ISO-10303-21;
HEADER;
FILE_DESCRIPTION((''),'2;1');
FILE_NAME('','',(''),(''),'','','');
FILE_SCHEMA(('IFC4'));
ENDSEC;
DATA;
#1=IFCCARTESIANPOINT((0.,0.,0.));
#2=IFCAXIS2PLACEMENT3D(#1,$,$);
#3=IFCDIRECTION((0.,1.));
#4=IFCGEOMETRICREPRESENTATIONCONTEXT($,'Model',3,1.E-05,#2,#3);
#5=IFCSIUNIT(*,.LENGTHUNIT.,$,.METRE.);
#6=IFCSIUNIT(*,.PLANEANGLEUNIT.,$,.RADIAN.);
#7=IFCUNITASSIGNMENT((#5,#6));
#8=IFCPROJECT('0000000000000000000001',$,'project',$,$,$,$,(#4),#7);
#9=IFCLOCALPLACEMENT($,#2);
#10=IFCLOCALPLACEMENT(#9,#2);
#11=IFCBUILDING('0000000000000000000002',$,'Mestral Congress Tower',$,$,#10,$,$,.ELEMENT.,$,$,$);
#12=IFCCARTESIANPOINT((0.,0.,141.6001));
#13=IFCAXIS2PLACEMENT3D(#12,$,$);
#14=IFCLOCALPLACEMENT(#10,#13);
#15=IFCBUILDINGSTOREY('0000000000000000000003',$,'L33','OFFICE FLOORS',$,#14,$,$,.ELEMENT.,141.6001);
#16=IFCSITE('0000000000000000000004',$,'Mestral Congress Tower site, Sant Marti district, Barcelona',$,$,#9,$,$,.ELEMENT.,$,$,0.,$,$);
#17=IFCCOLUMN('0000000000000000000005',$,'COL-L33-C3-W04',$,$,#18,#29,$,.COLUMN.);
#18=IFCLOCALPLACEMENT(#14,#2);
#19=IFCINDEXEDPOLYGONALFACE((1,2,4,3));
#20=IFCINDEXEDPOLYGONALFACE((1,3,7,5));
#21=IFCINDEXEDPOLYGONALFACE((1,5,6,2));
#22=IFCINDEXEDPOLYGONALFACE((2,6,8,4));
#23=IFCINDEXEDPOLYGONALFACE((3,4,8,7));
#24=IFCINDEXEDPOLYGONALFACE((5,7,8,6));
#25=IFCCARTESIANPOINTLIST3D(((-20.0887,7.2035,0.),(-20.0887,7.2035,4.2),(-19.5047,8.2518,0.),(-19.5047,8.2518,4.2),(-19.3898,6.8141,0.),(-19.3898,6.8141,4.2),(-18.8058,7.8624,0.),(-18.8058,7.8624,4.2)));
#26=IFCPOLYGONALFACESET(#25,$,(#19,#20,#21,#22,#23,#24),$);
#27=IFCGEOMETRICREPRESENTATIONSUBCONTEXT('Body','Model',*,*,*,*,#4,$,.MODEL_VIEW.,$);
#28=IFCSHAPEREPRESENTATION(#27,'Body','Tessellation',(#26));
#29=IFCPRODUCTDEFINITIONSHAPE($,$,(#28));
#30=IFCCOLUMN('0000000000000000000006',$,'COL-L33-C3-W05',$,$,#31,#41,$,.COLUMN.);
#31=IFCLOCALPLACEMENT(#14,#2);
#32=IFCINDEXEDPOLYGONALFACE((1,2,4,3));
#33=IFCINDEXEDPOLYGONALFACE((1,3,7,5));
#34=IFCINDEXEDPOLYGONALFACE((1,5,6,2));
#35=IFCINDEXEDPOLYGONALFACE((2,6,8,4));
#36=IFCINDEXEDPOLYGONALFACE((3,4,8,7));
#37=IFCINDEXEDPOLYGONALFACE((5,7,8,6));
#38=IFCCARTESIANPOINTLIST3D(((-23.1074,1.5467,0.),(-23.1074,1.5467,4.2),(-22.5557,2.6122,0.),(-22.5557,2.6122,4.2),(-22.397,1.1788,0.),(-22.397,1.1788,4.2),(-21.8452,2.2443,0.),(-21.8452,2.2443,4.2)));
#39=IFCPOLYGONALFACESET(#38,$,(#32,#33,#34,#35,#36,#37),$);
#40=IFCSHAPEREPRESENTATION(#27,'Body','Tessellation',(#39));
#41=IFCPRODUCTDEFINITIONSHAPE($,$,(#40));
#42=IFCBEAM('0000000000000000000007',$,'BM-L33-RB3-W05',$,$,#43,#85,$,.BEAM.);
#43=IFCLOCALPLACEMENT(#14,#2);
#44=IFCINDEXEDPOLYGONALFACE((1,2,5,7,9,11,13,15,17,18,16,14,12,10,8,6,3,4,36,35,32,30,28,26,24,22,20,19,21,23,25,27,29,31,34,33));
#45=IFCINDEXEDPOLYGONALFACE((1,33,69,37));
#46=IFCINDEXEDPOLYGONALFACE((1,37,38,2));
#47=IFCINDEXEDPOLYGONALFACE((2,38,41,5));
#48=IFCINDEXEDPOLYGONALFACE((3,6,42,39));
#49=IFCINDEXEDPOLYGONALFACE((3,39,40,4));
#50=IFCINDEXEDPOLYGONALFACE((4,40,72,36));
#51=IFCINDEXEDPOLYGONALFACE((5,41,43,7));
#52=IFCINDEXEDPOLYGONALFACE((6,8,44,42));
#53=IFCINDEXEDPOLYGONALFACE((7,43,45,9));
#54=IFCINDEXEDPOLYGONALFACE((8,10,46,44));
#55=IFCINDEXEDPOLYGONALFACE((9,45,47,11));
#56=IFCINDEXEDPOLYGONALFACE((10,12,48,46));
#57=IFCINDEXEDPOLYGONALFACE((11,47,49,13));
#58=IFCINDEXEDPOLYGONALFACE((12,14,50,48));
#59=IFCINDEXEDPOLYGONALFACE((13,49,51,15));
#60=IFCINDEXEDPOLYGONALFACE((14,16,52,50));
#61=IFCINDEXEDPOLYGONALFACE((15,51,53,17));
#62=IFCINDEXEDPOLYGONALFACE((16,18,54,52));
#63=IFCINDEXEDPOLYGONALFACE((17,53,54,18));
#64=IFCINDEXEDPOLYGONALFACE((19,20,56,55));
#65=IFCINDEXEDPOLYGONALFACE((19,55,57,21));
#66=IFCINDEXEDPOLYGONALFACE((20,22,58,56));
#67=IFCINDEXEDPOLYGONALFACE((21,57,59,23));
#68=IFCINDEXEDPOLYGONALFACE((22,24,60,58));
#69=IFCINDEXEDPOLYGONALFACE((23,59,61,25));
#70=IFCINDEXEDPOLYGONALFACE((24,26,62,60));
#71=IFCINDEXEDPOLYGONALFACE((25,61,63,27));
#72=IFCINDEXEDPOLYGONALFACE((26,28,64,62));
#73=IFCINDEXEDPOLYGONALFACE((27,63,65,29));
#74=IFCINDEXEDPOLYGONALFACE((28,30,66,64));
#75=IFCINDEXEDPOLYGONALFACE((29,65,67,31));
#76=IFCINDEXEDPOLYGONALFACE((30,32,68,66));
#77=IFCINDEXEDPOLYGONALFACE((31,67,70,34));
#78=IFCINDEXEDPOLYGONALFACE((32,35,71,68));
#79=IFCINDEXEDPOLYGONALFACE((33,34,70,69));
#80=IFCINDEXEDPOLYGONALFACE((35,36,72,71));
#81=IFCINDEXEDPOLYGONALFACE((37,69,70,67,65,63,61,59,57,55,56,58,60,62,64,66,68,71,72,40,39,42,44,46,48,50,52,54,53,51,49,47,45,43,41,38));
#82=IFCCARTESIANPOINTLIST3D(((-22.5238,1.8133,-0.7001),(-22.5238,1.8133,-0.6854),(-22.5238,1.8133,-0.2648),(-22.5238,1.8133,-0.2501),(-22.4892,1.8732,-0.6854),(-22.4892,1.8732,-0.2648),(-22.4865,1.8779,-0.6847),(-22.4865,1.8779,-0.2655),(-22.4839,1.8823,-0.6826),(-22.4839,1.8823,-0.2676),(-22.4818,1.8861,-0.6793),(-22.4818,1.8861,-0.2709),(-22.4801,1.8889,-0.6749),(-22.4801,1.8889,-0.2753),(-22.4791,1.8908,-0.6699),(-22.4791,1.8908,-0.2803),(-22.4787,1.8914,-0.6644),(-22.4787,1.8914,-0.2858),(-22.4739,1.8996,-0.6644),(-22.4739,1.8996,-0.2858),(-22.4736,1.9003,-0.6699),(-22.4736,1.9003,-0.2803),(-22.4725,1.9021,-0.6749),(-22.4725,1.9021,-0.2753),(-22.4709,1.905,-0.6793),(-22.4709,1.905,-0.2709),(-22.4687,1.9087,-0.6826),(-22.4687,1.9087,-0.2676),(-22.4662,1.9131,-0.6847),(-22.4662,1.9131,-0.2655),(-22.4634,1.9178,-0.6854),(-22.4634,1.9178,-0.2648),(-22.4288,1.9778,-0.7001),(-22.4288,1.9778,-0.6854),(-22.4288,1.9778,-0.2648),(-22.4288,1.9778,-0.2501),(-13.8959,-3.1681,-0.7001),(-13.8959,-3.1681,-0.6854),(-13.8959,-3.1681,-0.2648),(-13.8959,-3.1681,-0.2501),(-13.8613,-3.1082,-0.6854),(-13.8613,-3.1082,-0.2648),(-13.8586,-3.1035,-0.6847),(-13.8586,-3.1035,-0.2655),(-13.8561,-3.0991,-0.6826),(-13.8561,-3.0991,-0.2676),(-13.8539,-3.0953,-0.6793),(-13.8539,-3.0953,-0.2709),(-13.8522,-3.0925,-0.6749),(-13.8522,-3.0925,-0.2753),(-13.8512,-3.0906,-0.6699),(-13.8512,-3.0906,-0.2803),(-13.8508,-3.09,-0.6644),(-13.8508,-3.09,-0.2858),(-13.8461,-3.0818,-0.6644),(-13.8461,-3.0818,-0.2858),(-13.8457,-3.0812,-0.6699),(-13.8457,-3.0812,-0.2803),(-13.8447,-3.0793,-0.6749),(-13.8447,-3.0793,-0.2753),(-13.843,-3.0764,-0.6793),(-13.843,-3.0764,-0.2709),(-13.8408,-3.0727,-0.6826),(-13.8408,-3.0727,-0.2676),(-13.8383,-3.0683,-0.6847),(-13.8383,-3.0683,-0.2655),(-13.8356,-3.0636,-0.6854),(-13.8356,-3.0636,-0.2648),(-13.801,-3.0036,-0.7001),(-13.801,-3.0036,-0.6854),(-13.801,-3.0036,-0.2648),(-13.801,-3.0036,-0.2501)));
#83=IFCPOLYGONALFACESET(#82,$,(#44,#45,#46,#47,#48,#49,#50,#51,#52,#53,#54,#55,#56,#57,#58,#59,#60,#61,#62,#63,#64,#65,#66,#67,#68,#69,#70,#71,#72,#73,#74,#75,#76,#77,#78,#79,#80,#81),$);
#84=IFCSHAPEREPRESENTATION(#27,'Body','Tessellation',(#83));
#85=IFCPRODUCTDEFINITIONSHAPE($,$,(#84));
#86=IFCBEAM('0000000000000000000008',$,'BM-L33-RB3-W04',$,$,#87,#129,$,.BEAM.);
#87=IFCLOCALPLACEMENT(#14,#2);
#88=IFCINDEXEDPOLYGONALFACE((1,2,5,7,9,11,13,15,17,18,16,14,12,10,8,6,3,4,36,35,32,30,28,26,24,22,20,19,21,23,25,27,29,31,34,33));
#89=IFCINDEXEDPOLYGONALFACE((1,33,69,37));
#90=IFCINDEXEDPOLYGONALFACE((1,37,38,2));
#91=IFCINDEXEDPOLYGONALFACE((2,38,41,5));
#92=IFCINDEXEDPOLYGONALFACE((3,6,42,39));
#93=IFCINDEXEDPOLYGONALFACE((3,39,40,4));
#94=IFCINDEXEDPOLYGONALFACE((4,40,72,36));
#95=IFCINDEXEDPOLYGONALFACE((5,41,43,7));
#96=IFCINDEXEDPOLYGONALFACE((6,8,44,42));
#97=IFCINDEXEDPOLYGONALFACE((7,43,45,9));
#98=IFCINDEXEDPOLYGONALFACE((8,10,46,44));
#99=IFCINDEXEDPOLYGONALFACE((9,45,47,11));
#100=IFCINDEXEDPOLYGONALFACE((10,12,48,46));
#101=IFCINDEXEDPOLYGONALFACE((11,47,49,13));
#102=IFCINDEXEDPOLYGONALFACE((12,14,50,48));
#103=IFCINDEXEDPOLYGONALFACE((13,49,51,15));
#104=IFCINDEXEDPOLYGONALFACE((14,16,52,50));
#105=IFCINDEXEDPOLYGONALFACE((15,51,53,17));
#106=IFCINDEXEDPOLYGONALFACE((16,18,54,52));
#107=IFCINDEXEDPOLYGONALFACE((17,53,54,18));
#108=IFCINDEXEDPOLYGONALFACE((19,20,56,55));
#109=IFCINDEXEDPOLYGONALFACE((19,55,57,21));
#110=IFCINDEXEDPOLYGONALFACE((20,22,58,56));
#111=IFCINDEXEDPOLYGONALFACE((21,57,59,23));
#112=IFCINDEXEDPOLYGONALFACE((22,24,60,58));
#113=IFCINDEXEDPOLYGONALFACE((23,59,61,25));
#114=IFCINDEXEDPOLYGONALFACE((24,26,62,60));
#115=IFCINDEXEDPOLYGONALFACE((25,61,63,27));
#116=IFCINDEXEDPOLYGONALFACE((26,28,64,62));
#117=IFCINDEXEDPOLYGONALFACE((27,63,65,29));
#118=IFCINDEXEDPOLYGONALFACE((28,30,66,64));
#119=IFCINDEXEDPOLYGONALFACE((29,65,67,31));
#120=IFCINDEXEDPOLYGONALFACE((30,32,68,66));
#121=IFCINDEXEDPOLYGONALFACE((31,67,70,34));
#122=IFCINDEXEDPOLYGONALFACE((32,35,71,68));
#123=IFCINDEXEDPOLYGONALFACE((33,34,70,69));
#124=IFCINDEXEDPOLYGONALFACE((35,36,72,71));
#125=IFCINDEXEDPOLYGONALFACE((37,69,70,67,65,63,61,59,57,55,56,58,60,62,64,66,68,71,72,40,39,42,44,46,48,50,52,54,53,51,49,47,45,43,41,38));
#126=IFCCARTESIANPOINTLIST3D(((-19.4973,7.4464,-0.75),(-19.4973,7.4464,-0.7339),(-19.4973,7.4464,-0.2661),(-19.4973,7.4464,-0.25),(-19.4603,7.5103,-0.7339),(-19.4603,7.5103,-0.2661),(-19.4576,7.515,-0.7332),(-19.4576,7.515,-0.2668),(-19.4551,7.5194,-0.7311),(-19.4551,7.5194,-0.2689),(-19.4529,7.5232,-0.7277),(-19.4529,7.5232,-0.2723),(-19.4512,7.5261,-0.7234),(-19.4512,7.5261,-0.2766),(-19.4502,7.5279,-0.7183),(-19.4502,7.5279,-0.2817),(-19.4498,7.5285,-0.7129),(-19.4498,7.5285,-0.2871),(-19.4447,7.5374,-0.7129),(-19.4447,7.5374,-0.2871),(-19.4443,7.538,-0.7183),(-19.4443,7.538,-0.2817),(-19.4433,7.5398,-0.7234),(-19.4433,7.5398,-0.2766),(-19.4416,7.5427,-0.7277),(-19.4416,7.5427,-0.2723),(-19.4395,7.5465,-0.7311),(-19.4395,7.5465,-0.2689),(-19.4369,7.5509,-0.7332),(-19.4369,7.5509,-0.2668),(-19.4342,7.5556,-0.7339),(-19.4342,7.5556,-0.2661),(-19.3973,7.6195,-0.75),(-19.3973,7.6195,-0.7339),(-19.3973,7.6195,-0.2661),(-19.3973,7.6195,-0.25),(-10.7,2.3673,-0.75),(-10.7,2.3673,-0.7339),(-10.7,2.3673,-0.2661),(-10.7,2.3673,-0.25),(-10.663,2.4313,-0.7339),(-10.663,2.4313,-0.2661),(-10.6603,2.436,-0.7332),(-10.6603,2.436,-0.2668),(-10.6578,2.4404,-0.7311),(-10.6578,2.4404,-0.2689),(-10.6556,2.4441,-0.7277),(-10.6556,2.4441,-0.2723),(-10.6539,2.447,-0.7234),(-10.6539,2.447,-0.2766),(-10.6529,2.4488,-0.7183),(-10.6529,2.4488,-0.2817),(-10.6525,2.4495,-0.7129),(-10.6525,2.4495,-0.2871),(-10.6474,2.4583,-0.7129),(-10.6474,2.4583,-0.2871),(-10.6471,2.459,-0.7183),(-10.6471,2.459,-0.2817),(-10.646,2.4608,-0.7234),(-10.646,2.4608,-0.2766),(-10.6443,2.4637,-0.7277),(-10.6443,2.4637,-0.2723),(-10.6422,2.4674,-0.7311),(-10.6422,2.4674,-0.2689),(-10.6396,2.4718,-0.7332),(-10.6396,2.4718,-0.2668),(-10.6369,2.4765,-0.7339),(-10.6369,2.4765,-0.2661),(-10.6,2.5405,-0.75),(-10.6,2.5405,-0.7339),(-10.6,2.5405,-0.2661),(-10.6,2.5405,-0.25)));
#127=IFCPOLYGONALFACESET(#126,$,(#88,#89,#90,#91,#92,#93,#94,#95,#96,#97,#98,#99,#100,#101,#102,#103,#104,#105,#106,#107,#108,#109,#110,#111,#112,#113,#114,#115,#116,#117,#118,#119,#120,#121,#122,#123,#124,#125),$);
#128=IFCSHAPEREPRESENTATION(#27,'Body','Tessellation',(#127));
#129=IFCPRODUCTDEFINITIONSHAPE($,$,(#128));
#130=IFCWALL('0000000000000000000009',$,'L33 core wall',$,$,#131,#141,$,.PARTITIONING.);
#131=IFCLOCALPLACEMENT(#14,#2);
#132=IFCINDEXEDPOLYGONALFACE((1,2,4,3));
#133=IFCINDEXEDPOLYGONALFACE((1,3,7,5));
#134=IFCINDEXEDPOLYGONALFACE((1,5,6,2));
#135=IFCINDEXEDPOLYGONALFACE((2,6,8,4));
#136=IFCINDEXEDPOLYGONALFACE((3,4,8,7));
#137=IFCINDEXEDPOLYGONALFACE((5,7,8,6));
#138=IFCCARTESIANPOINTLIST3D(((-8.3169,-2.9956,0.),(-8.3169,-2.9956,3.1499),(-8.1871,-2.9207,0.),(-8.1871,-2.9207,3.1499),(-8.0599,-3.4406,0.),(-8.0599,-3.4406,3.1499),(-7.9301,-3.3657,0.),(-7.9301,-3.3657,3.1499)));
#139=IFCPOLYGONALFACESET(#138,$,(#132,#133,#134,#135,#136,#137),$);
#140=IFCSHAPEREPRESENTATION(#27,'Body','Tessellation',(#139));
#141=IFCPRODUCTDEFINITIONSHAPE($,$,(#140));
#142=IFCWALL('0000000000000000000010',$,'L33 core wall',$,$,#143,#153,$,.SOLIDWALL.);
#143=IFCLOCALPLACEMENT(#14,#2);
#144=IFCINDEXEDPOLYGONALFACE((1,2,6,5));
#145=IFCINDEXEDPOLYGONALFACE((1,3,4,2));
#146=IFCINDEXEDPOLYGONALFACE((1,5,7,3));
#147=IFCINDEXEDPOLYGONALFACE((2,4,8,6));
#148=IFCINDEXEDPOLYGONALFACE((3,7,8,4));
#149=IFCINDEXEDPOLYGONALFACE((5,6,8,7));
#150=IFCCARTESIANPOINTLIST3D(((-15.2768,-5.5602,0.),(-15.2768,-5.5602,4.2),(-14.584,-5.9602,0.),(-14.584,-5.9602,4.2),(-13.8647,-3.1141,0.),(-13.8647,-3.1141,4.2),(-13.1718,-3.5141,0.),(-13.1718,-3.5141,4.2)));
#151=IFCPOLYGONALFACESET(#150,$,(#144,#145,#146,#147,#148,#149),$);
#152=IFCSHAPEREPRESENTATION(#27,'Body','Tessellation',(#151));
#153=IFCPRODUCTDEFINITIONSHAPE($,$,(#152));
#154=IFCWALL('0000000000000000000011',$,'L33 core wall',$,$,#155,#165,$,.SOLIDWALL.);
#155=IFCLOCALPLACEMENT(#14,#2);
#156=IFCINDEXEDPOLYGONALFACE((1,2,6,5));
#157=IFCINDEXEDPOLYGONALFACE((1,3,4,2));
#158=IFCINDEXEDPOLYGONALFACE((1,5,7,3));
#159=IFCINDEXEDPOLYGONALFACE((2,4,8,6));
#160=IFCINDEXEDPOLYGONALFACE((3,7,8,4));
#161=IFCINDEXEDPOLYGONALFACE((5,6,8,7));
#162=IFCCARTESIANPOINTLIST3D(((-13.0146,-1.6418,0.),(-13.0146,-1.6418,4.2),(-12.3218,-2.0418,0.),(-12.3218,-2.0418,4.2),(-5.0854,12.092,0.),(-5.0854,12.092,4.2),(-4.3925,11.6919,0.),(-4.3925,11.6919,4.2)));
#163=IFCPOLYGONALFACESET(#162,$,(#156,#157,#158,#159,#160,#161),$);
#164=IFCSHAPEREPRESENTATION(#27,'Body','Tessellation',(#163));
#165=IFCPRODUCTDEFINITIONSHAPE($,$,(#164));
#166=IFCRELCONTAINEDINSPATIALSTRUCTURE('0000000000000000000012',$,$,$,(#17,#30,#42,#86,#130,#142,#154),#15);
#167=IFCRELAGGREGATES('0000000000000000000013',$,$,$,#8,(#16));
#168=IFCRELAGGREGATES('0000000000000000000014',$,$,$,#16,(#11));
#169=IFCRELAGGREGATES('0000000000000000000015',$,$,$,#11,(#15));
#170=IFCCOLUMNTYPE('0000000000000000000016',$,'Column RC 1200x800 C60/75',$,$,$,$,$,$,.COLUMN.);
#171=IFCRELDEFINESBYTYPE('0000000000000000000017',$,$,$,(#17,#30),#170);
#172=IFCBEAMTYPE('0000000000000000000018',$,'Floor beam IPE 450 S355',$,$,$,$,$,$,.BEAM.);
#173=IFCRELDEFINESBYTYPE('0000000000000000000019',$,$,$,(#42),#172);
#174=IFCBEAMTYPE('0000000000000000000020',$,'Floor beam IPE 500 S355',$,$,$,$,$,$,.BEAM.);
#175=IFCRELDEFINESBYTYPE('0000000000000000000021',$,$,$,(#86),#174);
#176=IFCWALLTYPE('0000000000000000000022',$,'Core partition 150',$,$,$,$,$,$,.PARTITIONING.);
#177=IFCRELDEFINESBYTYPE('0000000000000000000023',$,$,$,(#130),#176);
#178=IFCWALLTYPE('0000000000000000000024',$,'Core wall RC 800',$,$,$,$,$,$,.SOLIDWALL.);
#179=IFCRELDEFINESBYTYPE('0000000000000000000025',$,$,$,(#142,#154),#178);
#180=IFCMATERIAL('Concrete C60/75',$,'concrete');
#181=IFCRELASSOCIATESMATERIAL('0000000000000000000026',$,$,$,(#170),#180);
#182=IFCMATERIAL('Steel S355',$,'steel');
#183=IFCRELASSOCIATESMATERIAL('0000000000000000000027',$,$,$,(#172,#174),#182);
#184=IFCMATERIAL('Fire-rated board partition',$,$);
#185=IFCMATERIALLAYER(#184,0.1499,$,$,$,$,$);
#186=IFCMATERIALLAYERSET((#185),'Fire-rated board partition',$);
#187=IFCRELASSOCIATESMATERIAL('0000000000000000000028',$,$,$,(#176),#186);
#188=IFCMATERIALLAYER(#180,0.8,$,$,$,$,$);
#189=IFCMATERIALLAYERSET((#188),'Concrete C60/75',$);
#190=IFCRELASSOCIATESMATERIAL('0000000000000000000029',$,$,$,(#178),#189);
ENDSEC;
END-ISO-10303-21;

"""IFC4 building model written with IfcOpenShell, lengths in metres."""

from ifc_helpers import new_model, si_unit, direction, frame, frame_2d, origin, origin_2d, place, context, subcontext, project, spatial, rectangle, i_section, extrude, material, layer, layer_set, material_profile, profile_set, type_object, element, save


model = new_model("IFC4")

# Units and contexts
model_context = context("Model", 3, precision=1e-05, world=origin(), true_north=direction((0.0, 1.0)))
body_context = subcontext(model_context, "Body", "Model", "MODEL_VIEW")
ifc_project = project(units=[si_unit("LENGTHUNIT", "METRE"), si_unit("PLANEANGLEUNIT", "RADIAN")], contexts=[model_context])

# Site, building, storey
site_placement = place(None, origin())
site = spatial("IfcSite", under=ifc_project, at=site_placement, Name="Mestral Congress Tower site, Sant Marti district, Barcelona", CompositionType="ELEMENT", RefElevation=0.0)
building_placement = place(site_placement, origin())
building = spatial("IfcBuilding", under=site, at=building_placement, Name="Mestral Congress Tower", CompositionType="ELEMENT")
storey_placement = place(building_placement, frame((0.0, 0.0, 141.6001)))
storey = spatial("IfcBuildingStorey", under=building, at=storey_placement, Name="L33", Description="OFFICE FLOORS", CompositionType="ELEMENT", Elevation=141.6001)

# Columns
ifc_material_1 = material(Name="Concrete C60/75", Category="concrete")
ifc_material_profile_1 = material_profile(ifc_material_1, rectangle(XDim=1.2, YDim=0.8, at=origin_2d()), Name="RC 1200x800")
ifc_profile_set_1 = profile_set([ifc_material_profile_1], Name="Concrete C60/75")
column_type = type_object("IfcColumnType", Name="Column RC 1200x800 C60/75", PredefinedType="COLUMN", material=ifc_profile_set_1)
for number, where, z_axis, x_axis, name in (
    (1, (-19.4473, 7.533, 0.0), (0.0, 0.0, 1.0), (-0.486724, -0.873556, 0.0), "COL-L33-C3-W04"),
    (2, (-22.4763, 1.8955, 0.0), (0.0, 0.0, 1.0), (-0.459837, -0.888003, 0.0), "COL-L33-C3-W05"),
):
    element("IfcColumn", number, at=place(storey_placement, frame(where, z_axis=z_axis, x_axis=x_axis)), inside=storey, type_object=column_type, Name=name, PredefinedType="COLUMN", context=body_context, shape_type="SweptSolid", body=[
        extrude(rectangle(XDim=1.2, YDim=0.8, at=origin_2d()), origin(), (0.0, 0.0, 1.0), 4.2),
    ])

# Beams
ifc_material_2 = material(Name="Steel S355", Category="steel")
ifc_material_profile_2 = material_profile(ifc_material_2, i_section(OverallWidth=0.1899, OverallDepth=0.45, WebThickness=0.0095, FlangeThickness=0.0146, FilletRadius=0.021, at=origin_2d()), Name="IPE 450")
ifc_profile_set_2 = profile_set([ifc_material_profile_2], Name="Steel S355")
beam_type_1 = type_object("IfcBeamType", Name="Floor beam IPE 450 S355", PredefinedType="BEAM", material=ifc_profile_set_2)
beam_1_placement = place(storey_placement, frame((-22.4763, 1.8955, -0.4751), z_axis=(0.866021, -0.500008, 0.0), x_axis=(0.500008, 0.866021, 0.0)))
element("IfcBeam", 3, at=beam_1_placement, inside=storey, type_object=beam_type_1, Name="BM-L33-RB3-W05", PredefinedType="BEAM", context=body_context, shape_type="SweptSolid", body=[
    extrude(i_section(OverallWidth=0.1899, OverallDepth=0.45, WebThickness=0.0095, FlangeThickness=0.0146, FilletRadius=0.021, at=origin_2d()), origin(), (0.0, 0.0, 1.0), 9.9626),
])
ifc_material_profile_3 = material_profile(ifc_material_2, i_section(OverallWidth=0.2, OverallDepth=0.5, WebThickness=0.0103, FlangeThickness=0.0161, FilletRadius=0.021, at=origin_2d()), Name="IPE 500")
ifc_profile_set_3 = profile_set([ifc_material_profile_3], Name="Steel S355")
beam_type_2 = type_object("IfcBeamType", Name="Floor beam IPE 500 S355", PredefinedType="BEAM", material=ifc_profile_set_3)
beam_2_placement = place(storey_placement, frame((-19.4473, 7.533, -0.5), z_axis=(0.866028, -0.499996, 0.0), x_axis=(0.499996, 0.866028, 0.0)))
element("IfcBeam", 4, at=beam_2_placement, inside=storey, type_object=beam_type_2, Name="BM-L33-RB3-W04", PredefinedType="BEAM", context=body_context, shape_type="SweptSolid", body=[
    extrude(i_section(OverallWidth=0.2, OverallDepth=0.5, WebThickness=0.0103, FlangeThickness=0.0161, FilletRadius=0.021, at=origin_2d()), origin(), (0.0, 0.0, 1.0), 10.1582),
])

# Walls
ifc_material_3 = material(Name="Fire-rated board partition")
ifc_layer_1 = layer(ifc_material_3, 0.1499)
ifc_layer_set_1 = layer_set([ifc_layer_1], Name="Fire-rated board partition")
wall_type_1 = type_object("IfcWallType", Name="Core partition 150", PredefinedType="PARTITIONING", material=ifc_layer_set_1)
wall_1_placement = place(storey_placement, frame((-8.252, -2.9583, 0.0), z_axis=(0.0, 0.0, 1.0), x_axis=(0.500175, -0.865925, 0.0)))
element("IfcWall", 5, at=wall_1_placement, inside=storey, type_object=wall_type_1, Name="L33 core wall", PredefinedType="PARTITIONING", context=body_context, shape_type="SweptSolid", body=[
    extrude(rectangle(XDim=0.5139, YDim=0.1499, at=frame_2d((0.2568, 0.0))), origin(), (0.0, 0.0, 1.0), 3.1499),
])
ifc_layer_2 = layer(ifc_material_1, 0.8)
ifc_layer_set_2 = layer_set([ifc_layer_2], Name="Concrete C60/75")
wall_type_2 = type_object("IfcWallType", Name="Core wall RC 800", PredefinedType="SOLIDWALL", material=ifc_layer_set_2)
wall_2_placement = place(storey_placement, frame((-13.5183, -3.3142, 0.0), z_axis=(0.0, 0.0, 1.0), x_axis=(-0.499969, -0.866043, 0.0)))
element("IfcWall", 6, at=wall_2_placement, inside=storey, type_object=wall_type_2, Name="L33 core wall", PredefinedType="SOLIDWALL", context=body_context, shape_type="SweptSolid", body=[
    extrude(rectangle(XDim=2.8245, YDim=0.8, at=frame_2d((1.4121, 0.0))), origin(), (0.0, 0.0, 1.0), 4.2),
])
wall_3_placement = place(storey_placement, frame((-12.6682, -1.8418, 0.0), z_axis=(0.0, 0.0, 1.0), x_axis=(0.500004, 0.866023, 0.0)))
element("IfcWall", 7, at=wall_3_placement, inside=storey, type_object=wall_type_2, Name="L33 core wall", PredefinedType="SOLIDWALL", context=body_context, shape_type="SweptSolid", body=[
    extrude(rectangle(XDim=15.8584, YDim=0.8, at=frame_2d((7.9292, 0.0))), origin(), (0.0, 0.0, 1.0), 4.2),
])

save(model, "model.ifc")
